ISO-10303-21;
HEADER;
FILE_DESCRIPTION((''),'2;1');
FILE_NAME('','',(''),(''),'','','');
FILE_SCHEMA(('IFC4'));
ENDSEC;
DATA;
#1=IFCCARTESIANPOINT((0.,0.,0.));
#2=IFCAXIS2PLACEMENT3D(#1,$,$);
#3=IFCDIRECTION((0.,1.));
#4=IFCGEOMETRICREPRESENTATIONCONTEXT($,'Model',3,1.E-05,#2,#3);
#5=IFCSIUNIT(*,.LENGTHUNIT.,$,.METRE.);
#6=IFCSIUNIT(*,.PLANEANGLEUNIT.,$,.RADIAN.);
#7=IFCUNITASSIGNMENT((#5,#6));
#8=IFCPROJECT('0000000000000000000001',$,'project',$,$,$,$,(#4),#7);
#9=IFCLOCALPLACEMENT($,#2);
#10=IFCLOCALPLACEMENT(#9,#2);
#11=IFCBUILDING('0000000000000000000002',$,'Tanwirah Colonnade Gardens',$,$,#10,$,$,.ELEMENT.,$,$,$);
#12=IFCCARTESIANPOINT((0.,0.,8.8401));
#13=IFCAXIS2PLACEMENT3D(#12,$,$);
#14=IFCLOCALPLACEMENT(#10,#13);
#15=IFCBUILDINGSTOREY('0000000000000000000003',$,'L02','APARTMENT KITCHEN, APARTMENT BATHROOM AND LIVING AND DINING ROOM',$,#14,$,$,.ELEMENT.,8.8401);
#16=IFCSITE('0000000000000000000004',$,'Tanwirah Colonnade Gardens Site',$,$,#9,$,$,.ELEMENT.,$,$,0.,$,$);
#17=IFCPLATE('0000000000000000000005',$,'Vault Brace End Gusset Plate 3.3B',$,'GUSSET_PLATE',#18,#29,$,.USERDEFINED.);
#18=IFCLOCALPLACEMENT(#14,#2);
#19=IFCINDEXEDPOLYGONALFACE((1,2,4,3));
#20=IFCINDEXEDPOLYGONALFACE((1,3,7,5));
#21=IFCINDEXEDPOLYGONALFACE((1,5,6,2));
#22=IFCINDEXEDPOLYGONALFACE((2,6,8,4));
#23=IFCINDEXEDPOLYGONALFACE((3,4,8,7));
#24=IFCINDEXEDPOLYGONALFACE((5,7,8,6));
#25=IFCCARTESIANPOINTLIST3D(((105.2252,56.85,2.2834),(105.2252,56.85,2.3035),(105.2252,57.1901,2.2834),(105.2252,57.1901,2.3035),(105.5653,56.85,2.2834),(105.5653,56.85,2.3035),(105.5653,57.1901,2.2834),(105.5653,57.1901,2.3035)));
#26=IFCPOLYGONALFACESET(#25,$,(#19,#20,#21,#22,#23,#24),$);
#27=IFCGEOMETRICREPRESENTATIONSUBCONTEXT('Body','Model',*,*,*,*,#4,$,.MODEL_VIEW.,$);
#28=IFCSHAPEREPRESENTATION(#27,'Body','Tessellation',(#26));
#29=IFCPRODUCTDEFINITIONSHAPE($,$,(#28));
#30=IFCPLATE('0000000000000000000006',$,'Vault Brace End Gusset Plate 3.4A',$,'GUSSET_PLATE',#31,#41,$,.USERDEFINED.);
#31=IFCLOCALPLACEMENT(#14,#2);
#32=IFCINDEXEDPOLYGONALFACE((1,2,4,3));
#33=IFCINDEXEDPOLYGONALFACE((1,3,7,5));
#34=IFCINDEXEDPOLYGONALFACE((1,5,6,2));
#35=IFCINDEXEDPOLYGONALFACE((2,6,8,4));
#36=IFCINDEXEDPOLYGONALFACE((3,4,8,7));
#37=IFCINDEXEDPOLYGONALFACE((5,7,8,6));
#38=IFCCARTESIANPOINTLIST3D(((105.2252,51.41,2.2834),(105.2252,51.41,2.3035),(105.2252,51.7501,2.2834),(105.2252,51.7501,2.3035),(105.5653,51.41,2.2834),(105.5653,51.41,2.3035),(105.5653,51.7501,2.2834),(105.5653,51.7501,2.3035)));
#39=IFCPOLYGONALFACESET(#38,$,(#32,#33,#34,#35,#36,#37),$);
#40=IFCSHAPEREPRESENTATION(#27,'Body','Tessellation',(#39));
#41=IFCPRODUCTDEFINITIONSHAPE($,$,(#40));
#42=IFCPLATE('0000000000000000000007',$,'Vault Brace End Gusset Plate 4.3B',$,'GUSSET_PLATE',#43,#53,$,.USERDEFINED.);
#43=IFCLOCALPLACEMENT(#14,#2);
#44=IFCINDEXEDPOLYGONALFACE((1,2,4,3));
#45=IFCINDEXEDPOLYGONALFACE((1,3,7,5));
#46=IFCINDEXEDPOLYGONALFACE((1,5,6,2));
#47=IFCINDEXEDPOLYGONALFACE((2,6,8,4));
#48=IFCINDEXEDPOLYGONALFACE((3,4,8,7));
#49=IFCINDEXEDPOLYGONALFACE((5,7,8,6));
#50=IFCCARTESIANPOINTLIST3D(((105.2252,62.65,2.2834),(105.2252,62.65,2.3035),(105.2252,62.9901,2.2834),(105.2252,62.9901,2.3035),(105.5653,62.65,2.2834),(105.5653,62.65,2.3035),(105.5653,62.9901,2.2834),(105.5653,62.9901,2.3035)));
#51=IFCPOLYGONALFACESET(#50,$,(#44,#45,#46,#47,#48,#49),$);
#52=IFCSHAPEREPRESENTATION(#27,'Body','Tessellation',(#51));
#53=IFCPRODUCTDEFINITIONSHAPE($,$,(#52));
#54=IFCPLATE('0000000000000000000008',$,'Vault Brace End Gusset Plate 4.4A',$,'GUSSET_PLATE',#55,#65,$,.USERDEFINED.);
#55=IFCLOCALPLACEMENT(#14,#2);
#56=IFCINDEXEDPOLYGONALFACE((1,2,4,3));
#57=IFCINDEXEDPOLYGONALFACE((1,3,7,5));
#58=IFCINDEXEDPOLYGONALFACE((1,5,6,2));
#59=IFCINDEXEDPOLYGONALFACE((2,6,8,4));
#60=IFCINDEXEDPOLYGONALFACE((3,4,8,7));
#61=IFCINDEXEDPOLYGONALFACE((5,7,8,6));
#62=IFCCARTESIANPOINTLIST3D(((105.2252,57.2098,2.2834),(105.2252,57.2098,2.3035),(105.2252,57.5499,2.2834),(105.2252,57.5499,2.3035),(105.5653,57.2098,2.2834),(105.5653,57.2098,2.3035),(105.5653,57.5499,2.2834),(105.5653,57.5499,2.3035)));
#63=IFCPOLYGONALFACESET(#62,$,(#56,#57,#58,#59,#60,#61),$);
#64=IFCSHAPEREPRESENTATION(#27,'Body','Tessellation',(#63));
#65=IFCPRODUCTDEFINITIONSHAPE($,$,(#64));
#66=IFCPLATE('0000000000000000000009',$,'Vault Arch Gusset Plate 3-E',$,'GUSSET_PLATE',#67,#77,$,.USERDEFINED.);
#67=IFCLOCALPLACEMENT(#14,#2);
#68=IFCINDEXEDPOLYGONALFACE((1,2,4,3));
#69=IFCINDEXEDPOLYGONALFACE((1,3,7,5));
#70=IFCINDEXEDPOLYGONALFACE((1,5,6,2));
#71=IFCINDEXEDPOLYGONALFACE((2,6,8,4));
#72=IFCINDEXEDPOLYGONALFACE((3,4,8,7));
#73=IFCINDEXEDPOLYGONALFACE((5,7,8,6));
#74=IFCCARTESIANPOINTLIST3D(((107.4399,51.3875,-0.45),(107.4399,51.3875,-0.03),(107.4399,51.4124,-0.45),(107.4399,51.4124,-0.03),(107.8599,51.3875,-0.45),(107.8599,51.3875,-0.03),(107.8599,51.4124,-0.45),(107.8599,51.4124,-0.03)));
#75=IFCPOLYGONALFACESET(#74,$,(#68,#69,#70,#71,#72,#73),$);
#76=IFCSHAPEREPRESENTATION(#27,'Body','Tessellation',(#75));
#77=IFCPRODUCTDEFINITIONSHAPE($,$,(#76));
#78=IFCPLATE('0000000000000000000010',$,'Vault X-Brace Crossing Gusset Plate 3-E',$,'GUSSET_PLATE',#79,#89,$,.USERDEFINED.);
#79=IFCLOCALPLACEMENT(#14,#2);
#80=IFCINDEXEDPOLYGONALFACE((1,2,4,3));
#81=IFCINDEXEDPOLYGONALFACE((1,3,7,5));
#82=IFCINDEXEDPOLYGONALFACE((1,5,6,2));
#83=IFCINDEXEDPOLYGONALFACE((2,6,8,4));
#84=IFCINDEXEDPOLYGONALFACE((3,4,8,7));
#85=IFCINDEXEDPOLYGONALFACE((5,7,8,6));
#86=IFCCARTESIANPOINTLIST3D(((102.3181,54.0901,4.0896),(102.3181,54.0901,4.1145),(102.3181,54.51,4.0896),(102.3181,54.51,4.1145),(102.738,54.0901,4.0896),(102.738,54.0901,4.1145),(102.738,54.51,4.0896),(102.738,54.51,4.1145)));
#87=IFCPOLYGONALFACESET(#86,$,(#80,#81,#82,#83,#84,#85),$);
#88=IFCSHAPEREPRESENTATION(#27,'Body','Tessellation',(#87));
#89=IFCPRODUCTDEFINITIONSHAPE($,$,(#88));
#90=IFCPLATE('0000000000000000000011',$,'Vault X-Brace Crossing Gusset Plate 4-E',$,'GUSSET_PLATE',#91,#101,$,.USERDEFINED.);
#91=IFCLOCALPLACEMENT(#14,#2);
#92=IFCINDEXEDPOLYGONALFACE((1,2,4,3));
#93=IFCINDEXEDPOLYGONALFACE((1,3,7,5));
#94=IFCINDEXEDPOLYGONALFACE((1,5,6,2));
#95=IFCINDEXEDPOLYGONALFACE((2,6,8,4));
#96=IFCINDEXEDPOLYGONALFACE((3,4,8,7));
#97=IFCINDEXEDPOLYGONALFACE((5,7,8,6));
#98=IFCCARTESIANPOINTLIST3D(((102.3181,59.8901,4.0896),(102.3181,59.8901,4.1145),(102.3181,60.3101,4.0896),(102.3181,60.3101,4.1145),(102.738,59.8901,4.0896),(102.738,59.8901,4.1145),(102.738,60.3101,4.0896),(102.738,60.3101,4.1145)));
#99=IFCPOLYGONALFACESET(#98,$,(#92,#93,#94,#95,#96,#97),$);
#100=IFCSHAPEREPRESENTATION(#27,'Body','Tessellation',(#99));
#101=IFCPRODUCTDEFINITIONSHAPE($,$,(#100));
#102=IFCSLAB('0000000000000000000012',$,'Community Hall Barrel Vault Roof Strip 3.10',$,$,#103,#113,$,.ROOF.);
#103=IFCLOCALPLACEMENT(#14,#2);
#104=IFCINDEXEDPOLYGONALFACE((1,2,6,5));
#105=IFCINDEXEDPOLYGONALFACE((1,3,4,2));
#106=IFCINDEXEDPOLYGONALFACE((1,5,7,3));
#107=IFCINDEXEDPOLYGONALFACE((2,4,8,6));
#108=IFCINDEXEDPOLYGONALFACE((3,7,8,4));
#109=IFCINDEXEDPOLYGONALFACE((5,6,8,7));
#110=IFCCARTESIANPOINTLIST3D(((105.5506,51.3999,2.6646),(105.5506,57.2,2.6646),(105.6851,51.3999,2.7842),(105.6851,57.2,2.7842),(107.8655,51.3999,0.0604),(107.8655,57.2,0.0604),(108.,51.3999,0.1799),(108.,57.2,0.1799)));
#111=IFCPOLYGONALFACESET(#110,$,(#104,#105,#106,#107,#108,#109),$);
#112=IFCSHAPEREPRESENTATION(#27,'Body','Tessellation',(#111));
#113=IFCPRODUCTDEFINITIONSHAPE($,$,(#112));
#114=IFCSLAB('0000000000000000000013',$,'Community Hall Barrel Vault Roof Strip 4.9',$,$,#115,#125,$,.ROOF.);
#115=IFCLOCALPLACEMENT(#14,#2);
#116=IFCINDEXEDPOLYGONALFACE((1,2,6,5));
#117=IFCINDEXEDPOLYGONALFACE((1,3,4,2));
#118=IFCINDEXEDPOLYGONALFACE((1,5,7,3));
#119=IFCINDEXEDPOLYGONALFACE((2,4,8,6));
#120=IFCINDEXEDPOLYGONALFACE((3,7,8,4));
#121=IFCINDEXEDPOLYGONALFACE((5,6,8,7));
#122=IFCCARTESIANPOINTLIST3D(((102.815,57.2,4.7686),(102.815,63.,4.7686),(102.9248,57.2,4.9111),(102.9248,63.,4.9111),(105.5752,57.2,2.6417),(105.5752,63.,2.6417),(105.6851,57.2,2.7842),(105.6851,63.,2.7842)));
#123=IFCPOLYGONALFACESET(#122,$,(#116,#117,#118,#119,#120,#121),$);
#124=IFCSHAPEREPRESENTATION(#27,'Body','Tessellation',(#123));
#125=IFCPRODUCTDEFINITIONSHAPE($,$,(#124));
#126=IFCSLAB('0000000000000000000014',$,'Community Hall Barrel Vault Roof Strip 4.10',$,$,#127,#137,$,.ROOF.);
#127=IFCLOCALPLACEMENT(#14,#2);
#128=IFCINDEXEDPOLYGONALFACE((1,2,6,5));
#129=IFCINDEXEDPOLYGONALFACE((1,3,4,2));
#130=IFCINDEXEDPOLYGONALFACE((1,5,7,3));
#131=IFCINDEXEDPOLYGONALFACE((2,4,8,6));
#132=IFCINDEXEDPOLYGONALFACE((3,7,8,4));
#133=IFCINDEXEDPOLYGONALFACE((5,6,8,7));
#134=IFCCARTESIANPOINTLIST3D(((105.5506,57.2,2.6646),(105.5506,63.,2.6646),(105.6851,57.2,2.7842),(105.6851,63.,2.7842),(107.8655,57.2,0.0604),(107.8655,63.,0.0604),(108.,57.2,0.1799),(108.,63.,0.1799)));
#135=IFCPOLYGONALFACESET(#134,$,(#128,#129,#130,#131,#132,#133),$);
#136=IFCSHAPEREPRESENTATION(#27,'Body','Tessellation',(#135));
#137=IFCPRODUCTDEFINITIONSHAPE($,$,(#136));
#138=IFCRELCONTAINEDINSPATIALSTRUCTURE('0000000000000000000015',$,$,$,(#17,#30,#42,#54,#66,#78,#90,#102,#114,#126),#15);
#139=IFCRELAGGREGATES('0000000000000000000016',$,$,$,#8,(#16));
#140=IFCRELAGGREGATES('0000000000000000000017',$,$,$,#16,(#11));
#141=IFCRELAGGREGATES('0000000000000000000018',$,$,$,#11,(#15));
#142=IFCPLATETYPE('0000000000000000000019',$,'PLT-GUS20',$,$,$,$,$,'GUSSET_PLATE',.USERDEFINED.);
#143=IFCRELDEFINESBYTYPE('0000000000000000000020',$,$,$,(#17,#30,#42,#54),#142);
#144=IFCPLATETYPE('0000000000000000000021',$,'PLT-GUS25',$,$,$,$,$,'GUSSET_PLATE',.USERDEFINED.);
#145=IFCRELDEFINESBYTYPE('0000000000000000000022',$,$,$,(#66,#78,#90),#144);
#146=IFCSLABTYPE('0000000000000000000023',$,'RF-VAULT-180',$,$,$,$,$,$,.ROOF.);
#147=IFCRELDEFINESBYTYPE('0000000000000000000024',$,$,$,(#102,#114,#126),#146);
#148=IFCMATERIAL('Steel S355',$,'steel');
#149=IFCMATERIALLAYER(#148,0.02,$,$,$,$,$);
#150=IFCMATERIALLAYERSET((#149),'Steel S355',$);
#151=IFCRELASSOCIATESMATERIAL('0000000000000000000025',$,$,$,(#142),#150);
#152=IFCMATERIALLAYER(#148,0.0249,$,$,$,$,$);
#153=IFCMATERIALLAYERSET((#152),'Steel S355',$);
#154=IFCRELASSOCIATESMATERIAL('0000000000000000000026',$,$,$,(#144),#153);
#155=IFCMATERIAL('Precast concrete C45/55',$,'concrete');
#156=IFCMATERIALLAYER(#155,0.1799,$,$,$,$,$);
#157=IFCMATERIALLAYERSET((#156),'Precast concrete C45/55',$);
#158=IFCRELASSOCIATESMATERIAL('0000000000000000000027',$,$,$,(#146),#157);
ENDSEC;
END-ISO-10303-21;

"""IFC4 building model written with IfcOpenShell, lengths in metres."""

from ifc_helpers import new_model, si_unit, direction, frame, origin, origin_2d, place, context, subcontext, project, spatial, polyline, rectangle, outline, extrude, material, layer, layer_set, type_object, element, save


model = new_model("IFC4")

# Units and contexts
model_context = context("Model", 3, precision=1e-05, world=origin(), true_north=direction((0.0, 1.0)))
body_context = subcontext(model_context, "Body", "Model", "MODEL_VIEW")
ifc_project = project(units=[si_unit("LENGTHUNIT", "METRE"), si_unit("PLANEANGLEUNIT", "RADIAN")], contexts=[model_context])

# Site, building, storey
site_placement = place(None, origin())
site = spatial("IfcSite", under=ifc_project, at=site_placement, Name="Tanwirah Colonnade Gardens Site", CompositionType="ELEMENT", RefElevation=0.0)
building_placement = place(site_placement, origin())
building = spatial("IfcBuilding", under=site, at=building_placement, Name="Tanwirah Colonnade Gardens", CompositionType="ELEMENT")
storey_placement = place(building_placement, frame((0.0, 0.0, 8.8401)))
storey = spatial("IfcBuildingStorey", under=building, at=storey_placement, Name="L02", Description="APARTMENT KITCHEN, APARTMENT BATHROOM AND LIVING AND DINING ROOM", CompositionType="ELEMENT", Elevation=8.8401)

# Shared definitions
ifc_material_1 = material(Name="Steel S355", Category="steel")

# Shared definitions
ifc_material_2 = material(Name="Precast concrete C45/55", Category="concrete")

# Plates
ifc_layer_1 = layer(ifc_material_1, 0.02)
ifc_layer_set_1 = layer_set([ifc_layer_1], Name="Steel S355")
plate_type_1 = type_object("IfcPlateType", Name="PLT-GUS20", ElementType="GUSSET_PLATE", PredefinedType="USERDEFINED", material=ifc_layer_set_1)
for number, where, z_axis, x_axis, name in (
    (1, (105.3953, 57.02, 2.2834), (0.0, 0.0, 1.0), (1.0, 0.0, 0.0), "Vault Brace End Gusset Plate 3.3B"),
    (2, (105.3953, 51.5801, 2.2834), (0.0, 0.0, 1.0), (1.0, 0.0, 0.0), "Vault Brace End Gusset Plate 3.4A"),
    (3, (105.3953, 62.8201, 2.2834), (0.0, 0.0, 1.0), (1.0, 0.0, 0.0), "Vault Brace End Gusset Plate 4.3B"),
    (4, (105.3953, 57.3799, 2.2834), (0.0, 0.0, 1.0), (1.0, 0.0, 0.0), "Vault Brace End Gusset Plate 4.4A"),
):
    element("IfcPlate", number, at=place(storey_placement, frame(where, z_axis=z_axis, x_axis=x_axis)), inside=storey, type_object=plate_type_1, Name=name, ObjectType="GUSSET_PLATE", PredefinedType="USERDEFINED", context=body_context, shape_type="SweptSolid", body=[
        extrude(rectangle(XDim=0.3401, YDim=0.3401, at=origin_2d()), origin(), (0.0, 0.0, 1.0), 0.02),
    ])
ifc_layer_2 = layer(ifc_material_1, 0.0249)
ifc_layer_set_2 = layer_set([ifc_layer_2], Name="Steel S355")
plate_type_2 = type_object("IfcPlateType", Name="PLT-GUS25", ElementType="GUSSET_PLATE", PredefinedType="USERDEFINED", material=ifc_layer_set_2)
plate_placement = place(storey_placement, frame((107.6499, 51.3999, -0.45), z_axis=(0.0, 0.0, 1.0), x_axis=(1.0, 0.0, 0.0)))
element("IfcPlate", 5, at=plate_placement, inside=storey, type_object=plate_type_2, Name="Vault Arch Gusset Plate 3-E", ObjectType="GUSSET_PLATE", PredefinedType="USERDEFINED", context=body_context, shape_type="SweptSolid", body=[
    extrude(rectangle(XDim=0.4199, YDim=0.0249, at=origin_2d()), origin(), (0.0, 0.0, 1.0), 0.4199),
])
for number, where, z_axis, x_axis, name in (
    (6, (102.5281, 54.3, 4.0896), (0.0, 0.0, 1.0), (1.0, 0.0, 0.0), "Vault X-Brace Crossing Gusset Plate 3-E"),
    (7, (102.5281, 60.1001, 4.0896), (0.0, 0.0, 1.0), (1.0, 0.0, 0.0), "Vault X-Brace Crossing Gusset Plate 4-E"),
):
    element("IfcPlate", number, at=place(storey_placement, frame(where, z_axis=z_axis, x_axis=x_axis)), inside=storey, type_object=plate_type_2, Name=name, ObjectType="GUSSET_PLATE", PredefinedType="USERDEFINED", context=body_context, shape_type="SweptSolid", body=[
        extrude(rectangle(XDim=0.4199, YDim=0.4199, at=origin_2d()), origin(), (0.0, 0.0, 1.0), 0.0249),
    ])

# Slabs
ifc_layer_3 = layer(ifc_material_2, 0.1799)
ifc_layer_set_3 = layer_set([ifc_layer_3], Name="Precast concrete C45/55")
slab_type = type_object("IfcSlabType", Name="RF-VAULT-180", PredefinedType="ROOF", material=ifc_layer_set_3)
slab_1_placement = place(storey_placement, frame((105.6851, 51.3999, 2.7842), z_axis=(0.747402, 0.0, 0.664373), x_axis=(0.664373, 0.0, -0.747402)))
element("IfcSlab", 8, at=slab_1_placement, inside=storey, type_object=slab_type, Name="Community Hall Barrel Vault Roof Strip 3.10", PredefinedType="ROOF", context=body_context, shape_type="SweptSolid", body=[
    extrude(outline(polyline([(0.0, 0.0), (3.4844, 0.0), (3.4844, 5.8), (0.0, 5.8), (0.0, 0.0)])), origin(), (0.0, 0.0, -1.0), 0.1799),
])
slab_2_placement = place(storey_placement, frame((102.9248, 57.2, 4.9111), z_axis=(0.610374, 0.0, 0.792113), x_axis=(0.792113, 0.0, -0.610374)))
element("IfcSlab", 9, at=slab_2_placement, inside=storey, type_object=slab_type, Name="Community Hall Barrel Vault Roof Strip 4.9", PredefinedType="ROOF", context=body_context, shape_type="SweptSolid", body=[
    extrude(outline(polyline([(0.0, 0.0), (3.4847, 0.0), (3.4847, 5.8), (0.0, 5.8), (0.0, 0.0)])), origin(), (0.0, 0.0, -1.0), 0.1799),
])
slab_3_placement = place(storey_placement, frame((105.6851, 57.2, 2.7842), z_axis=(0.747402, 0.0, 0.664373), x_axis=(0.664373, 0.0, -0.747402)))
element("IfcSlab", 10, at=slab_3_placement, inside=storey, type_object=slab_type, Name="Community Hall Barrel Vault Roof Strip 4.10", PredefinedType="ROOF", context=body_context, shape_type="SweptSolid", body=[
    extrude(outline(polyline([(0.0, 0.0), (3.4844, 0.0), (3.4844, 5.8), (0.0, 5.8), (0.0, 0.0)])), origin(), (0.0, 0.0, -1.0), 0.1799),
])

save(model, "model.ifc")
